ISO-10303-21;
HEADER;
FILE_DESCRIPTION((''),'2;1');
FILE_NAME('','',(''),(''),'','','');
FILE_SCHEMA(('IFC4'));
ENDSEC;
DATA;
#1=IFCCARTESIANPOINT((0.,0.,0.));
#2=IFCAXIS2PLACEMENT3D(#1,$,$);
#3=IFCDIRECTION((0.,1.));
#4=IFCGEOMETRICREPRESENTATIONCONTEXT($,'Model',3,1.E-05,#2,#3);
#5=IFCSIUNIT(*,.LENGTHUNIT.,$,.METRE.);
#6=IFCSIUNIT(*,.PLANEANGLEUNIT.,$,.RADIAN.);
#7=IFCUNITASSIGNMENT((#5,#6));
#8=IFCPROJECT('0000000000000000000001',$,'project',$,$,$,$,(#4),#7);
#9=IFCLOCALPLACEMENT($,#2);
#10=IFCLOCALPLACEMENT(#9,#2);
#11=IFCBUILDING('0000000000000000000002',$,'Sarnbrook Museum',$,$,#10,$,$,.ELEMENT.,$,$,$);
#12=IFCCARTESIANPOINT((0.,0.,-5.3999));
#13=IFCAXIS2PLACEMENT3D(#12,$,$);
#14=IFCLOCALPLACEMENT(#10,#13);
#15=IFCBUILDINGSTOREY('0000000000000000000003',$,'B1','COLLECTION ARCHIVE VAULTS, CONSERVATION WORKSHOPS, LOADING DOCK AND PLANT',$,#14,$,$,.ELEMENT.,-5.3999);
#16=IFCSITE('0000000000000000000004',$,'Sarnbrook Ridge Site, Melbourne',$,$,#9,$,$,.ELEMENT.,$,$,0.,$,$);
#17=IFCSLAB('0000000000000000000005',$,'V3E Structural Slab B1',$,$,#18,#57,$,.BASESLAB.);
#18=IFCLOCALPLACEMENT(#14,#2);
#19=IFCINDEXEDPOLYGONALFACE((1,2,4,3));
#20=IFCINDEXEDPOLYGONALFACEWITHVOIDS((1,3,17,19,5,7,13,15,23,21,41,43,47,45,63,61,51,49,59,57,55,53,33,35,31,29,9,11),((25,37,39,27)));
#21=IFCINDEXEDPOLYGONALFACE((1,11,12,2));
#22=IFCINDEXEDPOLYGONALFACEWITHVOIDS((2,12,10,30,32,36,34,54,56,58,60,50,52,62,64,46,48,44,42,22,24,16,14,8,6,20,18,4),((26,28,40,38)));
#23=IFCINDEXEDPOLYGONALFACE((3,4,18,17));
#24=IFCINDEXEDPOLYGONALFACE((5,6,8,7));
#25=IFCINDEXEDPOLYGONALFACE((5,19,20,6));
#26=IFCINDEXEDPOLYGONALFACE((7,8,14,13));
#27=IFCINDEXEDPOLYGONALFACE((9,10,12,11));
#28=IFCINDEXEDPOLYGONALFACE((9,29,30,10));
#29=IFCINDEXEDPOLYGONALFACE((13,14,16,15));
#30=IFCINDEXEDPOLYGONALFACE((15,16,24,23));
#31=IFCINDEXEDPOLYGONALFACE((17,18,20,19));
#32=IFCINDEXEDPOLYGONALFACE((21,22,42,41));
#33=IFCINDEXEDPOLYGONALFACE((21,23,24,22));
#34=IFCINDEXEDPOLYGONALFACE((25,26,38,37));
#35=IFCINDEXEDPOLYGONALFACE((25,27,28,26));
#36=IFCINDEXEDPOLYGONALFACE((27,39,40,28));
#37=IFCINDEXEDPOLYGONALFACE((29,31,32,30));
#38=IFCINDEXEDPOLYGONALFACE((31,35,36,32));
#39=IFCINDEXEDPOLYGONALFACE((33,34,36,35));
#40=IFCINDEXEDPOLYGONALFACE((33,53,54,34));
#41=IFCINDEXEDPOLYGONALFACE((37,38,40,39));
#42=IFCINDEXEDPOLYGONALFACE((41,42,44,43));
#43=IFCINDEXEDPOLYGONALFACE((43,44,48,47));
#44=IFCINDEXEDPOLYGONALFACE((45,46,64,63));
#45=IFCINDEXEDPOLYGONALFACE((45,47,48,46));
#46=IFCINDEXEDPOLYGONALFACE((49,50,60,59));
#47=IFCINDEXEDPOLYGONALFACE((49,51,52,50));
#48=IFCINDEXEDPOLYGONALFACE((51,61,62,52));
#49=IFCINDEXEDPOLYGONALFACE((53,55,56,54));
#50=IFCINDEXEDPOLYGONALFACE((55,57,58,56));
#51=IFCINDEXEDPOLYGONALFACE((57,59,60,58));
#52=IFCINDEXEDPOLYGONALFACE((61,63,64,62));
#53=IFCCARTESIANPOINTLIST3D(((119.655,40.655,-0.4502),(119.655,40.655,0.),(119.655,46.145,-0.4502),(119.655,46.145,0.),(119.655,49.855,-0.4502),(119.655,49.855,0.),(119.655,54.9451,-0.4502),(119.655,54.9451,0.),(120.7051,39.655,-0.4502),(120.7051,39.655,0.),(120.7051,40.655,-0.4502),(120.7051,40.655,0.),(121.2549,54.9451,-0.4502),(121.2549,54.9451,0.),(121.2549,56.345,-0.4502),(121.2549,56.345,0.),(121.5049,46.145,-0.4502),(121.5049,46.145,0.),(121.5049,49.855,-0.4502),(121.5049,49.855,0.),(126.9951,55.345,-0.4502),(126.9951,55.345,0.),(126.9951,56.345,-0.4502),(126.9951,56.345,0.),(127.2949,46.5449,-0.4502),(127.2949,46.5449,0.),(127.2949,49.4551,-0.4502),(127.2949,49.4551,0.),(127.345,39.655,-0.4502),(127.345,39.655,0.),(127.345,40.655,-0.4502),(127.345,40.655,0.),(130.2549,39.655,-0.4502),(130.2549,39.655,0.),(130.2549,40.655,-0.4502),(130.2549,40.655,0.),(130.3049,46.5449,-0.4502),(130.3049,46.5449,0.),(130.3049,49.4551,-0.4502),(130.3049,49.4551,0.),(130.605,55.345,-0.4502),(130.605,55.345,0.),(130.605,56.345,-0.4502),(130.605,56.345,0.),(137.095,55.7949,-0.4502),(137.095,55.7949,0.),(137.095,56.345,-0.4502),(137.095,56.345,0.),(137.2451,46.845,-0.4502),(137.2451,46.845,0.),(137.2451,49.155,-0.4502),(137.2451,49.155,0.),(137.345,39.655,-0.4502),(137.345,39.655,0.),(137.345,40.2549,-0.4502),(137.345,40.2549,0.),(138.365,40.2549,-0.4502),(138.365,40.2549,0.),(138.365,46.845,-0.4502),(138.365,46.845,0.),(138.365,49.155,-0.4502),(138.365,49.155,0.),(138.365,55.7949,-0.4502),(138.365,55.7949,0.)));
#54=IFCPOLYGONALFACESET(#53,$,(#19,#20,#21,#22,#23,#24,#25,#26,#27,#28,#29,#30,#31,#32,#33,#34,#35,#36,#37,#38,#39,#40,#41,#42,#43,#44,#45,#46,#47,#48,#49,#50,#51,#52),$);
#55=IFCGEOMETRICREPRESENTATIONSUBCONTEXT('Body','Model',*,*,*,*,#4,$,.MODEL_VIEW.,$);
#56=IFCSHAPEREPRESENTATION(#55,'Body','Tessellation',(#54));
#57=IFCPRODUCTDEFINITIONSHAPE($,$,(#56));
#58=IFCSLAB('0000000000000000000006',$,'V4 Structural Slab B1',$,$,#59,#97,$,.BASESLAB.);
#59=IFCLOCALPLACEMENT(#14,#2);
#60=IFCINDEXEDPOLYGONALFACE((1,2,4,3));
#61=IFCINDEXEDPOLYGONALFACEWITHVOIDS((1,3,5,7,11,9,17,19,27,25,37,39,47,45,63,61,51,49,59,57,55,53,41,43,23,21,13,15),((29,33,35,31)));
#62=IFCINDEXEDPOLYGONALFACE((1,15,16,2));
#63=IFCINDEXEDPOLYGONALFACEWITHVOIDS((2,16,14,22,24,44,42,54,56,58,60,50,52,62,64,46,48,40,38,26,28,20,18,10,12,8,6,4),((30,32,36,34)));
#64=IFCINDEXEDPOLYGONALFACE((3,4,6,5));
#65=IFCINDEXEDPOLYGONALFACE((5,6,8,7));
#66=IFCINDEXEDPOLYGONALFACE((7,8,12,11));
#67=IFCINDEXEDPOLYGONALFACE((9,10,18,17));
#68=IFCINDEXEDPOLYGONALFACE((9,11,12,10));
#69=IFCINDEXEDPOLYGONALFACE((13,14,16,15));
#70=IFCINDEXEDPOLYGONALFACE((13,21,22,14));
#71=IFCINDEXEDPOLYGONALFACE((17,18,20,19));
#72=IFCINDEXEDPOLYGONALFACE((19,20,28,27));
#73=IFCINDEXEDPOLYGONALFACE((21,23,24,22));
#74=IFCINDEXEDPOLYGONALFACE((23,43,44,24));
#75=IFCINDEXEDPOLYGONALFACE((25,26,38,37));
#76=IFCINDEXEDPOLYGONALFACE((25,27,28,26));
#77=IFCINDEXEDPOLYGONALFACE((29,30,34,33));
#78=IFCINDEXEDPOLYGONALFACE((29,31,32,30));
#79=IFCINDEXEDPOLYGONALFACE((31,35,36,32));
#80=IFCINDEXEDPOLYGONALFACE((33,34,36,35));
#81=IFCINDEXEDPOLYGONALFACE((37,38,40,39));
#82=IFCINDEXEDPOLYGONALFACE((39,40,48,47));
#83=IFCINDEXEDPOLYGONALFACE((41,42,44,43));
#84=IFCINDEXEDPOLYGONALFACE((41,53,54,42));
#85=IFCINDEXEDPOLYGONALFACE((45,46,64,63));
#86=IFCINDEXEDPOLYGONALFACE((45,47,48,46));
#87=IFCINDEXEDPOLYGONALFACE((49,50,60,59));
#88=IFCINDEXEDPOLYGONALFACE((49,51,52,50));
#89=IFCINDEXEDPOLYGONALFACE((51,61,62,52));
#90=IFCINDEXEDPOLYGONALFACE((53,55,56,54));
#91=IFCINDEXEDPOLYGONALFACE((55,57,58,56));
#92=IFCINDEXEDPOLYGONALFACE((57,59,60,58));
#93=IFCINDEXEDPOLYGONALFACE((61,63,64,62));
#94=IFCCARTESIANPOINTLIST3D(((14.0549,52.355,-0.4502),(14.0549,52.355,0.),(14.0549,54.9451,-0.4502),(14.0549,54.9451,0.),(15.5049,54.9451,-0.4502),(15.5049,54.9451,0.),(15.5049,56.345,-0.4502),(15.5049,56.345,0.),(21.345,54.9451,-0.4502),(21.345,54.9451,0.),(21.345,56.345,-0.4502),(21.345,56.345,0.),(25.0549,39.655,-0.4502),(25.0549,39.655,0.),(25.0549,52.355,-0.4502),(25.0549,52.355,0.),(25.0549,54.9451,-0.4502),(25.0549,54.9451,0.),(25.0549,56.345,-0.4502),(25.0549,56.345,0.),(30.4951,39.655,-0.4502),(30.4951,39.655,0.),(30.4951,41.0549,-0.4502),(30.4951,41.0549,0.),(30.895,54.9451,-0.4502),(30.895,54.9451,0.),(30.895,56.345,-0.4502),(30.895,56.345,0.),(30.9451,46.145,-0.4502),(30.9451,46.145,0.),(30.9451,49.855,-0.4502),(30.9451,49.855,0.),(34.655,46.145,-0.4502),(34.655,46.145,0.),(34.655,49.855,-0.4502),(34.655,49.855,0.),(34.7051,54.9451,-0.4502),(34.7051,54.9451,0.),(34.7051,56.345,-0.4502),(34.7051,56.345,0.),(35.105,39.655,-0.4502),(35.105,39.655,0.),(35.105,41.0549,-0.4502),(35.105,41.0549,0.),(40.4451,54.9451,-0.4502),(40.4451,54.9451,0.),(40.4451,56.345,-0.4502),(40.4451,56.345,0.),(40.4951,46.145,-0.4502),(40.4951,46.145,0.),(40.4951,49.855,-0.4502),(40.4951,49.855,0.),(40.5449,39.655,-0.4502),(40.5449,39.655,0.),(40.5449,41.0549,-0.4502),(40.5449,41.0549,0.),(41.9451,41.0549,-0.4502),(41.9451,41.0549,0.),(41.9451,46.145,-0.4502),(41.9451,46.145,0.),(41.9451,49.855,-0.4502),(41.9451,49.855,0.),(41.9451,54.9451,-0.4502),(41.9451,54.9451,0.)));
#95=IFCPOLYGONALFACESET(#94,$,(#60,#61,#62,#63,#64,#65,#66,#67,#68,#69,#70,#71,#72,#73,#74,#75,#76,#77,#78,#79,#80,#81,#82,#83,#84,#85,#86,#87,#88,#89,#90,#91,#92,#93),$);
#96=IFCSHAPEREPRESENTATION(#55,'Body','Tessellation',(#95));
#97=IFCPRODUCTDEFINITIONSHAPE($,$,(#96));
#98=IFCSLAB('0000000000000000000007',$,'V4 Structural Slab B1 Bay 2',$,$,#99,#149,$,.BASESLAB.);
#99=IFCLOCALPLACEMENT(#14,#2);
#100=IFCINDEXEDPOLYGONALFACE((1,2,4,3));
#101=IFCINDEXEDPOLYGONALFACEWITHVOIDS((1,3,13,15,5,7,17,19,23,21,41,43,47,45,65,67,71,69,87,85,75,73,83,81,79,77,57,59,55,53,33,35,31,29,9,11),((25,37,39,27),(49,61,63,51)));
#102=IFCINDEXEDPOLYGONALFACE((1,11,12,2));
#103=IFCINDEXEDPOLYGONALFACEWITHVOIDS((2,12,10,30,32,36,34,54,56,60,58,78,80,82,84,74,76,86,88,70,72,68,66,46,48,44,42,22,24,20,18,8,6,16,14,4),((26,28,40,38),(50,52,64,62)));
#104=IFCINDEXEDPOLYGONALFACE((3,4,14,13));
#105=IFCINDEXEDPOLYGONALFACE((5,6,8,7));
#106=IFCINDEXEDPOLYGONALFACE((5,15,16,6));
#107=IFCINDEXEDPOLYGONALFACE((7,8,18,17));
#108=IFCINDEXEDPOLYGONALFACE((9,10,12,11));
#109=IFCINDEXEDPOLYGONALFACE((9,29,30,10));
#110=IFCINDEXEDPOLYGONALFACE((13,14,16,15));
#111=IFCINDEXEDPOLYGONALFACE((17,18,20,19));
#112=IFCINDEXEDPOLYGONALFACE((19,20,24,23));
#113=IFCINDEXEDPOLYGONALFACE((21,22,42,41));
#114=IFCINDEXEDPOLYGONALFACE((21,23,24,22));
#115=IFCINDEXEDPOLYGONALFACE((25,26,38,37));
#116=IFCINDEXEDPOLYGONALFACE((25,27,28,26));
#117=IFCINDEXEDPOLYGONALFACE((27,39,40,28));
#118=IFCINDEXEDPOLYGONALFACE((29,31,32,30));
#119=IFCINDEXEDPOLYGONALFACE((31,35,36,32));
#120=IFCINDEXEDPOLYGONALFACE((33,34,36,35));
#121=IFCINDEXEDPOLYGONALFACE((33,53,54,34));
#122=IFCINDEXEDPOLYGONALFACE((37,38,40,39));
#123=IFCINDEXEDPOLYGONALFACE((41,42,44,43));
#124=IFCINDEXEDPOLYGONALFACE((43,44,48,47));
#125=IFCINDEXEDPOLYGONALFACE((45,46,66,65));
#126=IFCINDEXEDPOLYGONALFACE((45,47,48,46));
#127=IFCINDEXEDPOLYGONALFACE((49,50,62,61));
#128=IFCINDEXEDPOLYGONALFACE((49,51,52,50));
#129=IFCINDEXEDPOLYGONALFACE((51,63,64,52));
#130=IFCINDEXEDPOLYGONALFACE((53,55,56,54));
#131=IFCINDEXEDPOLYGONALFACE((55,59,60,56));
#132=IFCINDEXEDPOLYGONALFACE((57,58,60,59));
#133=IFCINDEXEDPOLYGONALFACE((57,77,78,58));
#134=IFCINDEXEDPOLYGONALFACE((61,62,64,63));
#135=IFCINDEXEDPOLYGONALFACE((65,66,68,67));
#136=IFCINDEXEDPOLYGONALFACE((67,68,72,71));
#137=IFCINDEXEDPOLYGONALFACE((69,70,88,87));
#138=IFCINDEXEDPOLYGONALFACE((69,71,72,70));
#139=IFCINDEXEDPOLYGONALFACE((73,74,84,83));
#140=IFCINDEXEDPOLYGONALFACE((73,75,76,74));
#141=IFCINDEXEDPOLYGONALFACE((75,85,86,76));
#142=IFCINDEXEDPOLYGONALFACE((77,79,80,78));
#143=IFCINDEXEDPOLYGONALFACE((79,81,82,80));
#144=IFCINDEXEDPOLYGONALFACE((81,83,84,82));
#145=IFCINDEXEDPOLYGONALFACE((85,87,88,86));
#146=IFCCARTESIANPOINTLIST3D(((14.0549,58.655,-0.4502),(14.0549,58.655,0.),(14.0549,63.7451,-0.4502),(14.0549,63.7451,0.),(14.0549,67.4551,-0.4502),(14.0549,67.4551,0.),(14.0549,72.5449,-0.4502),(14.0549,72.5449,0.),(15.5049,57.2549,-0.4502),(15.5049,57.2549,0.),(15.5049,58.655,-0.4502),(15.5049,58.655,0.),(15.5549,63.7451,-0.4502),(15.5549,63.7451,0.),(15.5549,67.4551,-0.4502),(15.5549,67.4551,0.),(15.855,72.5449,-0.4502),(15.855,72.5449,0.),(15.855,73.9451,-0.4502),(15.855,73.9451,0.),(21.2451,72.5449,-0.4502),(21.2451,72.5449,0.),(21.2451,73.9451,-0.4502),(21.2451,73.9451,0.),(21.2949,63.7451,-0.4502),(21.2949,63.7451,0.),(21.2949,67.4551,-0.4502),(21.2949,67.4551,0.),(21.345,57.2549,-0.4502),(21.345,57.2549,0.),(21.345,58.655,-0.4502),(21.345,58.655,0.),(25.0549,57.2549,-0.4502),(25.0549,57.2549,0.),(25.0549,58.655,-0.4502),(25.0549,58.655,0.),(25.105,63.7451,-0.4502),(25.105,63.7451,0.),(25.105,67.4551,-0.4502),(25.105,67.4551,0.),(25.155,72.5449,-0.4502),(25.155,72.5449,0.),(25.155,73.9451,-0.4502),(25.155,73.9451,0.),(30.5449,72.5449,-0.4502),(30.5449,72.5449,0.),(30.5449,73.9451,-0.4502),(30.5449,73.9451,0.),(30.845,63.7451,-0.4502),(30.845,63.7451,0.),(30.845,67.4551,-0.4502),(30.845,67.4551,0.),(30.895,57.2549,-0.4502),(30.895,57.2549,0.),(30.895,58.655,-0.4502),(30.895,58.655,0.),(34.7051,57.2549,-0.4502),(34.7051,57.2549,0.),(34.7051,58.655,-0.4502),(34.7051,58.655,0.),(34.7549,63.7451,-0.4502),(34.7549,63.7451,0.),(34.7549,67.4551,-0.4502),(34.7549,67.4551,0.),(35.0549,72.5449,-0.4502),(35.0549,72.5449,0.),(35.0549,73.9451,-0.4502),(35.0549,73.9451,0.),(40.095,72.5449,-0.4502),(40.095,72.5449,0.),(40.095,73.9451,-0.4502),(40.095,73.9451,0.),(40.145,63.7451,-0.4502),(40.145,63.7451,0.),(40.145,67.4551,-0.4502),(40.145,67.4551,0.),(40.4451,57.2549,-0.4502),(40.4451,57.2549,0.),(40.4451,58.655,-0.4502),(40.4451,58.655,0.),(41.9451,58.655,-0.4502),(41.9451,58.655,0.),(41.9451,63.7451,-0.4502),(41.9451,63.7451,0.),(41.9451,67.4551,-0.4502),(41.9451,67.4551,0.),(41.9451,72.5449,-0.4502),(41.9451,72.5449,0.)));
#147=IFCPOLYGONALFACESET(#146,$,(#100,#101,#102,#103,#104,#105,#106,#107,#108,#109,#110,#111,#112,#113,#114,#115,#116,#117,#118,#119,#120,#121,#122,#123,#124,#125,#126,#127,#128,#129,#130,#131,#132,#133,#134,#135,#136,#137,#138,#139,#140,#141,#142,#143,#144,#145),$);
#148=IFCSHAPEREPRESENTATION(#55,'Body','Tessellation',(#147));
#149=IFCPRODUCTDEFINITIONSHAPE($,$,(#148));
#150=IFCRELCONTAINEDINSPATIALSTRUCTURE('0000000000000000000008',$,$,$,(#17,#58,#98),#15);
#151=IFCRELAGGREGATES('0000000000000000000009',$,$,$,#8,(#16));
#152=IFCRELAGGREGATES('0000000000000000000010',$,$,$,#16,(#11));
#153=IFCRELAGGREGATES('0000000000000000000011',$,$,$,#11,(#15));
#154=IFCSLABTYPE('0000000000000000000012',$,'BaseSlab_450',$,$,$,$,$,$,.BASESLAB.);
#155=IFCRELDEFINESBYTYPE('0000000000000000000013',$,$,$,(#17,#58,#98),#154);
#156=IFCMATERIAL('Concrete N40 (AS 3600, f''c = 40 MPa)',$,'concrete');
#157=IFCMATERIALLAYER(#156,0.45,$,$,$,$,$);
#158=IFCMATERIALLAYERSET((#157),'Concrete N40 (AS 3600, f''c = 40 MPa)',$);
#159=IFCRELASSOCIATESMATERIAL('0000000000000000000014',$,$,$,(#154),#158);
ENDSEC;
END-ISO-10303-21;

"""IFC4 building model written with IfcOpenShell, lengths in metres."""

from ifc_helpers import new_model, si_unit, direction, frame, origin, place, context, subcontext, project, spatial, polyline, outline, extrude, material, layer, layer_set, type_object, element, save


model = new_model("IFC4")

# Units and contexts
model_context = context("Model", 3, precision=1e-05, world=origin(), true_north=direction((0.0, 1.0)))
body_context = subcontext(model_context, "Body", "Model", "MODEL_VIEW")
ifc_project = project(units=[si_unit("LENGTHUNIT", "METRE"), si_unit("PLANEANGLEUNIT", "RADIAN")], contexts=[model_context])

# Site, building, storey
site_placement = place(None, origin())
site = spatial("IfcSite", under=ifc_project, at=site_placement, Name="Sarnbrook Ridge Site, Melbourne", CompositionType="ELEMENT", RefElevation=0.0)
building_placement = place(site_placement, origin())
building = spatial("IfcBuilding", under=site, at=building_placement, Name="Sarnbrook Museum", CompositionType="ELEMENT")
storey_placement = place(building_placement, frame((0.0, 0.0, -5.3999)))
storey = spatial("IfcBuildingStorey", under=building, at=storey_placement, Name="B1", Description="COLLECTION ARCHIVE VAULTS, CONSERVATION WORKSHOPS, LOADING DOCK AND PLANT", CompositionType="ELEMENT", Elevation=-5.3999)

# Slabs
ifc_material = material(Name="Concrete N40 (AS 3600, f'c = 40 MPa)", Category="concrete")
ifc_layer_1 = layer(ifc_material, 0.45)
ifc_layer_set_1 = layer_set([ifc_layer_1], Name="Concrete N40 (AS 3600, f'c = 40 MPa)")
slab_type_1 = type_object("IfcSlabType", Name="BaseSlab_450", PredefinedType="BASESLAB", material=ifc_layer_set_1)
slab_1_placement = place(storey_placement, frame((0.0, 0.0, -0.4502)))
element("IfcSlab", 1, at=slab_1_placement, inside=storey, type_object=slab_type_1, Name="V3E Structural Slab B1", PredefinedType="BASESLAB", context=body_context, shape_type="SweptSolid", body=[
    extrude(outline(polyline([(137.2451, 49.155), (137.2451, 46.845), (138.365, 46.845), (138.365, 40.2549), (137.345, 40.2549), (137.345, 39.655), (130.2549, 39.655), (130.2549, 40.655), (127.345, 40.655), (127.345, 39.655), (120.7051, 39.655), (120.7051, 40.655), (119.655, 40.655), (119.655, 46.145), (121.5049, 46.145), (121.5049, 49.855), (119.655, 49.855), (119.655, 54.9451), (121.2549, 54.9451), (121.2549, 56.345), (126.9951, 56.345), (126.9951, 55.345), (130.605, 55.345), (130.605, 56.345), (137.095, 56.345), (137.095, 55.7949), (138.365, 55.7949), (138.365, 49.155), (137.2451, 49.155)]), holes=[polyline([(130.3049, 49.4551), (130.3049, 46.5449), (127.2949, 46.5449), (127.2949, 49.4551), (130.3049, 49.4551)])]), origin(), (0.0, 0.0, 1.0), 0.4502),
])
slab_2_placement = place(storey_placement, frame((0.0, 0.0, -0.4502)))
element("IfcSlab", 2, at=slab_2_placement, inside=storey, type_object=slab_type_1, Name="V4 Structural Slab B1", PredefinedType="BASESLAB", context=body_context, shape_type="SweptSolid", body=[
    extrude(outline(polyline([(30.895, 56.345), (30.895, 54.9451), (34.7051, 54.9451), (34.7051, 56.345), (40.4451, 56.345), (40.4451, 54.9451), (41.9451, 54.9451), (41.9451, 49.855), (40.4951, 49.855), (40.4951, 46.145), (41.9451, 46.145), (41.9451, 41.0549), (40.5449, 41.0549), (40.5449, 39.655), (35.105, 39.655), (35.105, 41.0549), (30.4951, 41.0549), (30.4951, 39.655), (25.0549, 39.655), (25.0549, 52.355), (14.0549, 52.355), (14.0549, 54.9451), (15.5049, 54.9451), (15.5049, 56.345), (21.345, 56.345), (21.345, 54.9451), (25.0549, 54.9451), (25.0549, 56.345), (30.895, 56.345)]), holes=[polyline([(34.655, 46.145), (30.9451, 46.145), (30.9451, 49.855), (34.655, 49.855), (34.655, 46.145)])]), origin(), (0.0, 0.0, 1.0), 0.4502),
])
slab_3_placement = place(storey_placement, frame((0.0, 0.0, -0.4502)))
element("IfcSlab", 3, at=slab_3_placement, inside=storey, type_object=slab_type_1, Name="V4 Structural Slab B1 Bay 2", PredefinedType="BASESLAB", context=body_context, shape_type="SweptSolid", body=[
    extrude(outline(polyline([(30.5449, 73.9451), (30.5449, 72.5449), (35.0549, 72.5449), (35.0549, 73.9451), (40.095, 73.9451), (40.095, 72.5449), (41.9451, 72.5449), (41.9451, 67.4551), (40.145, 67.4551), (40.145, 63.7451), (41.9451, 63.7451), (41.9451, 58.655), (40.4451, 58.655), (40.4451, 57.2549), (34.7051, 57.2549), (34.7051, 58.655), (30.895, 58.655), (30.895, 57.2549), (25.0549, 57.2549), (25.0549, 58.655), (21.345, 58.655), (21.345, 57.2549), (15.5049, 57.2549), (15.5049, 58.655), (14.0549, 58.655), (14.0549, 63.7451), (15.5549, 63.7451), (15.5549, 67.4551), (14.0549, 67.4551), (14.0549, 72.5449), (15.855, 72.5449), (15.855, 73.9451), (21.2451, 73.9451), (21.2451, 72.5449), (25.155, 72.5449), (25.155, 73.9451), (30.5449, 73.9451)]), holes=[polyline([(21.2949, 63.7451), (21.2949, 67.4551), (25.105, 67.4551), (25.105, 63.7451), (21.2949, 63.7451)]), polyline([(34.7549, 63.7451), (30.845, 63.7451), (30.845, 67.4551), (34.7549, 67.4551), (34.7549, 63.7451)])]), origin(), (0.0, 0.0, 1.0), 0.4502),
])

save(model, "model.ifc")
